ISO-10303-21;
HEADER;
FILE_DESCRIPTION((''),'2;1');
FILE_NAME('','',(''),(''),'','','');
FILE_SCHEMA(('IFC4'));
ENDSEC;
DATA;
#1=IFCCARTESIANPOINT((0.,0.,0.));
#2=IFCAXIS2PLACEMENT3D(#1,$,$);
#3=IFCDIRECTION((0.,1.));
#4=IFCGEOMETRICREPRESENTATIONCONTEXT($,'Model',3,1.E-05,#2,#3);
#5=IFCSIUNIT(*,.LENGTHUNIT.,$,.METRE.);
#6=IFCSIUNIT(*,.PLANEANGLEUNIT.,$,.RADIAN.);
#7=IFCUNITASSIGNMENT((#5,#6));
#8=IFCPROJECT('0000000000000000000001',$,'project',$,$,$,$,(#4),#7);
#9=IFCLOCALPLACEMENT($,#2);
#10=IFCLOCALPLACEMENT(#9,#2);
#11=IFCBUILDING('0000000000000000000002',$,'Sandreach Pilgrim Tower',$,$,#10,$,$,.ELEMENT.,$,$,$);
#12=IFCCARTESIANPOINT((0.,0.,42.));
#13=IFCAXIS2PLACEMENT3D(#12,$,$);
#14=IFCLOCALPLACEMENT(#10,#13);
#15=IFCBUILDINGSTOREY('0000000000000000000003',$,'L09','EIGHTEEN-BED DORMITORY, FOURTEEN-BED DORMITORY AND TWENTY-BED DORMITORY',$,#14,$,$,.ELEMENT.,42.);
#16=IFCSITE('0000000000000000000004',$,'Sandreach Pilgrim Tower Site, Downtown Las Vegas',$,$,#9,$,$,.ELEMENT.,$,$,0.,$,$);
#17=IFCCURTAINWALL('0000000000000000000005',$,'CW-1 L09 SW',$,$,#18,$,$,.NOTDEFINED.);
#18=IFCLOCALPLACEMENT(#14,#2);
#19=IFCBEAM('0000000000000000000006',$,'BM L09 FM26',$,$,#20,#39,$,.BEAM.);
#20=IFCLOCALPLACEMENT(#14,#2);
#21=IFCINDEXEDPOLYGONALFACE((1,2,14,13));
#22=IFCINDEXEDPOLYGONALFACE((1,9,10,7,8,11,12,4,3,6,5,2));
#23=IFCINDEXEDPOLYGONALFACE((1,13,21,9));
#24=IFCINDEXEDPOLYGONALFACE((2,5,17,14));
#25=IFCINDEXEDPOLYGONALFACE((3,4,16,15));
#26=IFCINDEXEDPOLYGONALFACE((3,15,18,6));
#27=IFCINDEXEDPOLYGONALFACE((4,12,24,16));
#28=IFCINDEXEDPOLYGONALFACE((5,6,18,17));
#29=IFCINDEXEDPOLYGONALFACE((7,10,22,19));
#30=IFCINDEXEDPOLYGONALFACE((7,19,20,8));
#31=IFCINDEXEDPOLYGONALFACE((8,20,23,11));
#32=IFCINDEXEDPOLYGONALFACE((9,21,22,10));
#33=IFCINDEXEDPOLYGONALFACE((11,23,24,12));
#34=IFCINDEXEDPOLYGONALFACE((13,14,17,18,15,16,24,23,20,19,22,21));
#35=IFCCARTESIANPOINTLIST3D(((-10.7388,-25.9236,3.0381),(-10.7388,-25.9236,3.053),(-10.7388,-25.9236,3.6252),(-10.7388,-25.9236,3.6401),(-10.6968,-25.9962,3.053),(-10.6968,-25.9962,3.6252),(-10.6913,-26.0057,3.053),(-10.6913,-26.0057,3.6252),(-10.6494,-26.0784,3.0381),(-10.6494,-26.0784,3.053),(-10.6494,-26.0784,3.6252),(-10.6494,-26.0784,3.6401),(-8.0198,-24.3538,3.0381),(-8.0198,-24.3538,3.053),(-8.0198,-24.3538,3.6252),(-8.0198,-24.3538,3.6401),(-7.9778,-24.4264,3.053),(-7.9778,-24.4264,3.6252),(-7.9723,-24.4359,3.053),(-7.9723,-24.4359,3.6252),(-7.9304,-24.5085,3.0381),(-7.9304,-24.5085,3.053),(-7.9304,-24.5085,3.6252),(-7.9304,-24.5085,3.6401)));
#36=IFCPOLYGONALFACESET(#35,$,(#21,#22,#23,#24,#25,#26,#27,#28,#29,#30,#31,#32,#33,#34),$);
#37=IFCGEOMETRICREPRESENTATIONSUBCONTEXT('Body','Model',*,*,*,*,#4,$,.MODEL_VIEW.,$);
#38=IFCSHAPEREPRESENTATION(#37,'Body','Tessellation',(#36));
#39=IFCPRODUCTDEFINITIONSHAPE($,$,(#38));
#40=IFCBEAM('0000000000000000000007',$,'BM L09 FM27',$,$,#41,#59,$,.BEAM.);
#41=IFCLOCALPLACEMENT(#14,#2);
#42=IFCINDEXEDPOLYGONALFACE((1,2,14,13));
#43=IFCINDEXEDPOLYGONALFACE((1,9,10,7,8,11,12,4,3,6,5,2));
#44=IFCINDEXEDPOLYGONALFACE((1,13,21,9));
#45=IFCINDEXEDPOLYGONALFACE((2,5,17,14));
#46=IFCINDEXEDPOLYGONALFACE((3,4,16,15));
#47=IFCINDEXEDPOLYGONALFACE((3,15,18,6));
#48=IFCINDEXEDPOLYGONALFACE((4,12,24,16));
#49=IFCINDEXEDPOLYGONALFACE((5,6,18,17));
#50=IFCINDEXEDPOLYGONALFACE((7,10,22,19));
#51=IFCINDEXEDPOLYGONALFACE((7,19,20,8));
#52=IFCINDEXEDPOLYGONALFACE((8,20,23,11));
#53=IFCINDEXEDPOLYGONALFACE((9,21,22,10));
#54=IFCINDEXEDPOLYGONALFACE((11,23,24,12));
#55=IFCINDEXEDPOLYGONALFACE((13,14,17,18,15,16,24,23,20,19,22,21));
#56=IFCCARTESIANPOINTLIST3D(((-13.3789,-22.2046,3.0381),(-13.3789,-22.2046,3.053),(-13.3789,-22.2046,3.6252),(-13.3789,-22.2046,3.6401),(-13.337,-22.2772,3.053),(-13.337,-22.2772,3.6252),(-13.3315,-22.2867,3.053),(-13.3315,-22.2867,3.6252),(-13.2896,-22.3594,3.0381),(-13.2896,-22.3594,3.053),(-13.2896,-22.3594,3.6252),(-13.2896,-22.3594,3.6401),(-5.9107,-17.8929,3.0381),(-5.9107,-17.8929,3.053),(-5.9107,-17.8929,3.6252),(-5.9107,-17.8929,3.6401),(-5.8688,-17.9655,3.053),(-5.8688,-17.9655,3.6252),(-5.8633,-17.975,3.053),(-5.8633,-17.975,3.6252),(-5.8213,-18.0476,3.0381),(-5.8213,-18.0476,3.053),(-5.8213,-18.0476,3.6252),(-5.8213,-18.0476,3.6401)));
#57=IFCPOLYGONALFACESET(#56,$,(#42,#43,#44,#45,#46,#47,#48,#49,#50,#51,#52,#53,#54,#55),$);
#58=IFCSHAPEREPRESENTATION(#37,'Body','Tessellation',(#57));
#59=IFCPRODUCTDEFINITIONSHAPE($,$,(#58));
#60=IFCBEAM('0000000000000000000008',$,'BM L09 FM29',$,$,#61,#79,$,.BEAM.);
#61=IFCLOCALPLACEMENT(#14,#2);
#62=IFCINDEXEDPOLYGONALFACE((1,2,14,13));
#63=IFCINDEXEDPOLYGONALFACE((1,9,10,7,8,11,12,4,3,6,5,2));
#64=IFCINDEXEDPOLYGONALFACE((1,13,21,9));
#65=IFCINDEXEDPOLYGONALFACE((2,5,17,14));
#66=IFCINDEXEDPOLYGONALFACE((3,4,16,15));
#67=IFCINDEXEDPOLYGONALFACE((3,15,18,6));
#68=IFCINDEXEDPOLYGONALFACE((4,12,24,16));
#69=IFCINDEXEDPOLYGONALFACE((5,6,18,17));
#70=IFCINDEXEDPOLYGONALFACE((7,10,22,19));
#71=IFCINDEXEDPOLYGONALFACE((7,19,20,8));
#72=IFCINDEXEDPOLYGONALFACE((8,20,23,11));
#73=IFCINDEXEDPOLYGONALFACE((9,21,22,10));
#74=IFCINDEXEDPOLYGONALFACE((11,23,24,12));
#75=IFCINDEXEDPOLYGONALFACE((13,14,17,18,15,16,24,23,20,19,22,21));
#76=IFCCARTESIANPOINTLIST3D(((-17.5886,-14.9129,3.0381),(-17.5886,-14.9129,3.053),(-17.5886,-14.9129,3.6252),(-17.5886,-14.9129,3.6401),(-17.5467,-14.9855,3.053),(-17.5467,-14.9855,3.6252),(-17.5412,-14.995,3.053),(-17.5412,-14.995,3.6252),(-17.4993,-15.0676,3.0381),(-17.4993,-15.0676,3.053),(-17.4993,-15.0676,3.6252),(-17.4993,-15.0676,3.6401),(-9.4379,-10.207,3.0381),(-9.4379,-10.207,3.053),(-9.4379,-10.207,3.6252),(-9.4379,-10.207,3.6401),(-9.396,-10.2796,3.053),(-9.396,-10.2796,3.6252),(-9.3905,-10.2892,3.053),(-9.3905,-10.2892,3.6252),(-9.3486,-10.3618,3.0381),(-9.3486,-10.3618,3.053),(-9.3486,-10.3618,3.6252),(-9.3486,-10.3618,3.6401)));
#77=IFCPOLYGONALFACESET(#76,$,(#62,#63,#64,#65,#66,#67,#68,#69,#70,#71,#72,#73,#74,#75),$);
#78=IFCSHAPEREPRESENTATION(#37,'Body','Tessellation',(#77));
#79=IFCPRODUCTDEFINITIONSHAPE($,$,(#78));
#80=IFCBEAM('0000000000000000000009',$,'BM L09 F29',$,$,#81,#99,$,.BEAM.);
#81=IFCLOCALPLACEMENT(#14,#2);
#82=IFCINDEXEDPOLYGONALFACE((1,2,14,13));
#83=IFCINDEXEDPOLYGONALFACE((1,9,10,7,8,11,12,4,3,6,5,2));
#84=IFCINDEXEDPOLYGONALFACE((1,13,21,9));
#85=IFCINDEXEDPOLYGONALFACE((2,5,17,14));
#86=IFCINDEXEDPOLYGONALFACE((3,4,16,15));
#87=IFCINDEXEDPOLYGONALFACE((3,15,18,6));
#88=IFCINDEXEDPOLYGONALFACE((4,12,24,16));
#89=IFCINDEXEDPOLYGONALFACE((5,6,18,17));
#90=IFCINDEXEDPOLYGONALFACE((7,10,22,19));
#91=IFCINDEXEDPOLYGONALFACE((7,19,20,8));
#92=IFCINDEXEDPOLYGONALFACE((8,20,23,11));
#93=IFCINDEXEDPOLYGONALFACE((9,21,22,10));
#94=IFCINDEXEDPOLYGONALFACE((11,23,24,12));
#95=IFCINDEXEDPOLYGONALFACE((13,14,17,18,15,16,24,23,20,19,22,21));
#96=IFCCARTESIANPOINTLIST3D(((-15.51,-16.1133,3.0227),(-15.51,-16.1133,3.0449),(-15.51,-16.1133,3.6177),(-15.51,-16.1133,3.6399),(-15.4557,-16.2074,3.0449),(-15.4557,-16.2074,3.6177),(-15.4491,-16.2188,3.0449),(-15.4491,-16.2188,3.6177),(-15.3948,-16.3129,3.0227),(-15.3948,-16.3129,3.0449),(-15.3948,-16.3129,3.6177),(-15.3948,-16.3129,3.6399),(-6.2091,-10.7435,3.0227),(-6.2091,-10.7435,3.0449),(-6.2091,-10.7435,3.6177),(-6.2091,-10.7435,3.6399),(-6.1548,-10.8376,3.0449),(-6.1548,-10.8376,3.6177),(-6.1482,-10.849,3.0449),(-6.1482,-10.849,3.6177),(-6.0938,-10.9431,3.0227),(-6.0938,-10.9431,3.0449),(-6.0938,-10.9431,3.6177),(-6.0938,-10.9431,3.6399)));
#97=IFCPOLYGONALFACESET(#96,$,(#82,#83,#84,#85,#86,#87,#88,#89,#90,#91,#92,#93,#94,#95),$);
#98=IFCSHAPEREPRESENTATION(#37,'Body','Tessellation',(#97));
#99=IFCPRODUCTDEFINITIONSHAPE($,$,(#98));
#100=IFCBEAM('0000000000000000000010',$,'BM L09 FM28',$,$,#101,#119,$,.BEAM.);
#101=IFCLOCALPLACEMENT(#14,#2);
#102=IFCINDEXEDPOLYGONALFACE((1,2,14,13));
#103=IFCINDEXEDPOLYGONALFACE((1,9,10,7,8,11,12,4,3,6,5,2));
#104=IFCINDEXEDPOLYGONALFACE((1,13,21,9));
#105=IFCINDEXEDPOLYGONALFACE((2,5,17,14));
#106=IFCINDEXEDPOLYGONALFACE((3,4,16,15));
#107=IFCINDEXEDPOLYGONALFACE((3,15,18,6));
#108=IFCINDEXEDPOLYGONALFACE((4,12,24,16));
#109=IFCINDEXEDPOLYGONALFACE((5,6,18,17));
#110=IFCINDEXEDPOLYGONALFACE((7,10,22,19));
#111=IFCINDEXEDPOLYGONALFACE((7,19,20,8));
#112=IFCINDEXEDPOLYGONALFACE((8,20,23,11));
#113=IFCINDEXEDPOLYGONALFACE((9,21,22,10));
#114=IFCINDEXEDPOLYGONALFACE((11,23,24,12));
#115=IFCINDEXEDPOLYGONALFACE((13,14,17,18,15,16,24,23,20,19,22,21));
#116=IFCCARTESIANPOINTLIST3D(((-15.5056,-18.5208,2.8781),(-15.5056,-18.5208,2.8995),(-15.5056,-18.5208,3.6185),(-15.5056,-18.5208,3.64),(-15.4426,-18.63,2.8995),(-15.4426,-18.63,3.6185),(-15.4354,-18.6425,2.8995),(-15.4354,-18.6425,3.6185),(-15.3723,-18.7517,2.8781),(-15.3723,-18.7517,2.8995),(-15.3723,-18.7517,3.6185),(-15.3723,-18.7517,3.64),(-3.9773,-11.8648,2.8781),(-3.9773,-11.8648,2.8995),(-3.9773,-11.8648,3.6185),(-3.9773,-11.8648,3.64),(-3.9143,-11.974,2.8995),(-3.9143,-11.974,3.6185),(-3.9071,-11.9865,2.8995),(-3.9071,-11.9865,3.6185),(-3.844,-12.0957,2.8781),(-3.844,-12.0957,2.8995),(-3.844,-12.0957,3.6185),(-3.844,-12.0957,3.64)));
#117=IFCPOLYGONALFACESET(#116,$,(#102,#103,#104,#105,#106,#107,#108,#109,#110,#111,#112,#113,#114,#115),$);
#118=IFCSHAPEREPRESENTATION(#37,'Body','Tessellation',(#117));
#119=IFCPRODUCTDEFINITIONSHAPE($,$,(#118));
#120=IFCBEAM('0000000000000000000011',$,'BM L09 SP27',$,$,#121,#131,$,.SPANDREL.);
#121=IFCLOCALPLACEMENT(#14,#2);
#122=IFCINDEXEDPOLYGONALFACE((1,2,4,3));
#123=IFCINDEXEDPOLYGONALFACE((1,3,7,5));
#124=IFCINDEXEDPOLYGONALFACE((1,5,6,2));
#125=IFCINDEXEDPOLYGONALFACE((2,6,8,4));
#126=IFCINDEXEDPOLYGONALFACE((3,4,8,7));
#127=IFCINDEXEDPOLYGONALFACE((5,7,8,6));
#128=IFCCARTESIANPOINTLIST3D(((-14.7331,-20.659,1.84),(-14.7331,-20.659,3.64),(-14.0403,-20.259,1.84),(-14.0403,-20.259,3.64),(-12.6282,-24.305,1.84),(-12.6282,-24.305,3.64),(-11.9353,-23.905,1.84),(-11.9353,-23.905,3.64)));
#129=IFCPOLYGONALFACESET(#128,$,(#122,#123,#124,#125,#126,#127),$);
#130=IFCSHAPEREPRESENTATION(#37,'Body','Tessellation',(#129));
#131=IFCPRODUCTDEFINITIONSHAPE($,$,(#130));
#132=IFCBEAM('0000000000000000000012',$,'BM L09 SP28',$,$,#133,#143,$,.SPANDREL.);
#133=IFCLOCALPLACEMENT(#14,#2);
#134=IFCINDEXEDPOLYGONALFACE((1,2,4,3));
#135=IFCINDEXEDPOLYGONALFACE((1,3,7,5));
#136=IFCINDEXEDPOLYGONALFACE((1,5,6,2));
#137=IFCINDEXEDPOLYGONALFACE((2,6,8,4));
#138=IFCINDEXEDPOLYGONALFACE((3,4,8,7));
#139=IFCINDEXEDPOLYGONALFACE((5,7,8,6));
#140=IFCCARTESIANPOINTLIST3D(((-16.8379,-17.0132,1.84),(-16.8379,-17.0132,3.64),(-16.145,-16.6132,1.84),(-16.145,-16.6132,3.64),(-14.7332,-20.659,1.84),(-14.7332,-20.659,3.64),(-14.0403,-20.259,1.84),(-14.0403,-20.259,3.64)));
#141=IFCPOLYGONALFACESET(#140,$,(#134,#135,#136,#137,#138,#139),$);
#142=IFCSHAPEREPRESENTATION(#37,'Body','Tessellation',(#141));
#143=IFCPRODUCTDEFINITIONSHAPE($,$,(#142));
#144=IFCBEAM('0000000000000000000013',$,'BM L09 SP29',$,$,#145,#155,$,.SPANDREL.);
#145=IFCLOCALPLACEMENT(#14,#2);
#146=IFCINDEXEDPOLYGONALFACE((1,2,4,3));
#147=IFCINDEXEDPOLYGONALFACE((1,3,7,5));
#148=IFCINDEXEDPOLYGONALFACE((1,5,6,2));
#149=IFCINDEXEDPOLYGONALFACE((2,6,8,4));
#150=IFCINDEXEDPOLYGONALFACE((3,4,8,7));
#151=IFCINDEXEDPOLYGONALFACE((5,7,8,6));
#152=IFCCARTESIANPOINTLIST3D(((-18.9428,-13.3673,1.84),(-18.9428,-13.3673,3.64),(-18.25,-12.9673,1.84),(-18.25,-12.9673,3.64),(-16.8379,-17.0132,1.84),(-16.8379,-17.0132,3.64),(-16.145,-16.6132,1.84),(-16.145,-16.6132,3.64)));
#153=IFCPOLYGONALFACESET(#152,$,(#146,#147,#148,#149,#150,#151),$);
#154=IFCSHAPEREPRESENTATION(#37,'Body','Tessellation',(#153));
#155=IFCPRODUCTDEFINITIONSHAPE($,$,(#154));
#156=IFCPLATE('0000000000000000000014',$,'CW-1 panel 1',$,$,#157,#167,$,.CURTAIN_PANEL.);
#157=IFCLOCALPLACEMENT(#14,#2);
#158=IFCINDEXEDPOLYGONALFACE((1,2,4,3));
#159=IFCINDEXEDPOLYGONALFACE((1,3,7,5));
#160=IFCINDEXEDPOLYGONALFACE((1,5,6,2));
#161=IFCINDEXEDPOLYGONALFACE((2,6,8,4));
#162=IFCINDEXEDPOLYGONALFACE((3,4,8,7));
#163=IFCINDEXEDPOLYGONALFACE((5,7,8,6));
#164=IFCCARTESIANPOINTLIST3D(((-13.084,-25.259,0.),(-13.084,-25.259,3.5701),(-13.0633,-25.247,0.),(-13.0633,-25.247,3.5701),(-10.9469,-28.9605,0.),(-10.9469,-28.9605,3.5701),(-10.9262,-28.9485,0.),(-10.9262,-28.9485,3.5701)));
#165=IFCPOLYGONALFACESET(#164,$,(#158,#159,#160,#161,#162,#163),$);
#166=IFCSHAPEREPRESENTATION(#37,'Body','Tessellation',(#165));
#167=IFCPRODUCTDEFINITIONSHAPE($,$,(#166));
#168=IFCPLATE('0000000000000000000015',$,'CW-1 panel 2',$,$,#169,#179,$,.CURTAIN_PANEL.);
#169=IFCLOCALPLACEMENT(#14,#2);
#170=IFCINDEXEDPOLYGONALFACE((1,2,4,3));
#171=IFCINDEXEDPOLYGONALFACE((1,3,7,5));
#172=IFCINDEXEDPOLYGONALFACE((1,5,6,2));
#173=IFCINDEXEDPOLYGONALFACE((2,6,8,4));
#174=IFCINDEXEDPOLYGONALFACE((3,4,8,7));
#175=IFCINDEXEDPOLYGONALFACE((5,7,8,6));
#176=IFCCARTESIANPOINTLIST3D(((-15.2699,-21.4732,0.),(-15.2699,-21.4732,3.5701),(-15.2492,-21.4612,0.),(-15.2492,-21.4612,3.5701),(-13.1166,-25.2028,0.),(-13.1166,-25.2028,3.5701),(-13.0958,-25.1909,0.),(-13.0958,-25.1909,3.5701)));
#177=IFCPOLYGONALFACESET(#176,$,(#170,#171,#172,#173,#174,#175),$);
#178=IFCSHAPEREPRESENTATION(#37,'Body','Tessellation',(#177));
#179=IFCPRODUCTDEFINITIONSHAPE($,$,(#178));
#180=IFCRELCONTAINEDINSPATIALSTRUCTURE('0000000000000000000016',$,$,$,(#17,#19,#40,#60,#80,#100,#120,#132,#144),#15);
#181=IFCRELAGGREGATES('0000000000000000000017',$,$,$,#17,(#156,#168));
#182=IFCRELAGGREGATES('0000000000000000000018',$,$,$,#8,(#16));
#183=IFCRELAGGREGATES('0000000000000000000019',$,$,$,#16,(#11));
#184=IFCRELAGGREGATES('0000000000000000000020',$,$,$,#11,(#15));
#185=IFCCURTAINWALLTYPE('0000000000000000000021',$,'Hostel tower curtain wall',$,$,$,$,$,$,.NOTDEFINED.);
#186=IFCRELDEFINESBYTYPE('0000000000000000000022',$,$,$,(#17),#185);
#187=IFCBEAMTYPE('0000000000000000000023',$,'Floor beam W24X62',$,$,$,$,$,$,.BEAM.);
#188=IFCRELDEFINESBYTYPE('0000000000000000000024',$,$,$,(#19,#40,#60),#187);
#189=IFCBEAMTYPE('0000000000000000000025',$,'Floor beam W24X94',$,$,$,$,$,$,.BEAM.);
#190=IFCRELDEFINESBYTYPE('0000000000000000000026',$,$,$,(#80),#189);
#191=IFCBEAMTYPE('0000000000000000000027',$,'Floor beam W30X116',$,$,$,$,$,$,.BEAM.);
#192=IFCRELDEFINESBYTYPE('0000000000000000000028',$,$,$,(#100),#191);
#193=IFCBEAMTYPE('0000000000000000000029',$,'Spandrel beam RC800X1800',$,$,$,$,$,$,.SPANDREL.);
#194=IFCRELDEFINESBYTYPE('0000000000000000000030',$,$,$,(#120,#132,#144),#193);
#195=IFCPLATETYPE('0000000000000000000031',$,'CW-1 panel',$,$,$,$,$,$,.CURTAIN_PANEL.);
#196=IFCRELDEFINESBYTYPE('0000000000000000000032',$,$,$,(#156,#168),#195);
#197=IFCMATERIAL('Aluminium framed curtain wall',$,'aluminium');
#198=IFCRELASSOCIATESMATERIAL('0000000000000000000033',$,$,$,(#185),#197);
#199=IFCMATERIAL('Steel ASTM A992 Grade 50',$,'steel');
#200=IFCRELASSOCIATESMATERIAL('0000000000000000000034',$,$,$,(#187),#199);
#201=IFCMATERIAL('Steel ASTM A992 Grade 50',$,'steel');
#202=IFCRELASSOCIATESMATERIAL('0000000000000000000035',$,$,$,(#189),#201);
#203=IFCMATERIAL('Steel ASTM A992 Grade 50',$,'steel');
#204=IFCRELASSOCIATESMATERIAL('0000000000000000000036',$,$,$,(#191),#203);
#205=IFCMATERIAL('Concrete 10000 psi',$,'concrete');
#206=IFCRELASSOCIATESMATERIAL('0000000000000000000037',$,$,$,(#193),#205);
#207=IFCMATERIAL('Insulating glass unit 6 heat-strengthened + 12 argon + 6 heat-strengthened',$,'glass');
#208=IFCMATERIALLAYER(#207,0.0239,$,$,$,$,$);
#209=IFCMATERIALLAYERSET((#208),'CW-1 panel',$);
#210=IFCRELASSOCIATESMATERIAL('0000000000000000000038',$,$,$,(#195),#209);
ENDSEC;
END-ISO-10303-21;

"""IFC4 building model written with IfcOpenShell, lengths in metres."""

from ifc_helpers import new_model, si_unit, direction, frame, origin, origin_2d, place, context, subcontext, project, spatial, rectangle, i_section, extrude, material, layer, layer_set, material_profile, profile_set, type_object, element, aggregate, save


model = new_model("IFC4")

# Units and contexts
model_context = context("Model", 3, precision=1e-05, world=origin(), true_north=direction((0.0, 1.0)))
body_context = subcontext(model_context, "Body", "Model", "MODEL_VIEW")
ifc_project = project(units=[si_unit("LENGTHUNIT", "METRE"), si_unit("PLANEANGLEUNIT", "RADIAN")], contexts=[model_context])

# Site, building, storey
site_placement = place(None, origin())
site = spatial("IfcSite", under=ifc_project, at=site_placement, Name="Sandreach Pilgrim Tower Site, Downtown Las Vegas", CompositionType="ELEMENT", RefElevation=0.0)
building_placement = place(site_placement, origin())
building = spatial("IfcBuilding", under=site, at=building_placement, Name="Sandreach Pilgrim Tower", CompositionType="ELEMENT")
storey_placement = place(building_placement, frame((0.0, 0.0, 42.0)))
storey = spatial("IfcBuildingStorey", under=building, at=storey_placement, Name="L09", Description="EIGHTEEN-BED DORMITORY, FOURTEEN-BED DORMITORY AND TWENTY-BED DORMITORY", CompositionType="ELEMENT", Elevation=42.0)

# Curtain wall
ifc_material_1 = material(Name="Aluminium framed curtain wall", Category="aluminium")
curtain_wall_type = type_object("IfcCurtainWallType", Name="Hostel tower curtain wall", PredefinedType="NOTDEFINED", material=ifc_material_1)
curtain_wall_placement = place(storey_placement, origin())
curtain_wall = element("IfcCurtainWall", 1, at=curtain_wall_placement, inside=storey, type_object=curtain_wall_type, Name="CW-1 L09 SW", PredefinedType="NOTDEFINED")

# Beams
ifc_material_2 = material(Name="Steel ASTM A992 Grade 50", Category="steel")
ifc_material_profile_1 = material_profile(ifc_material_2, i_section(OverallWidth=0.1787, OverallDepth=0.6021, WebThickness=0.011, FlangeThickness=0.0149, at=origin_2d()), Name="W24X62")
ifc_profile_set_1 = profile_set([ifc_material_profile_1], Name="Steel ASTM A992 Grade 50")
beam_type_1 = type_object("IfcBeamType", Name="Floor beam W24X62", PredefinedType="BEAM", material=ifc_profile_set_1)
beam_1_placement = place(storey_placement, frame((-10.6941, -26.001, 3.3391), z_axis=(0.866024, 0.500003, 0.0), x_axis=(-0.500003, 0.866024, 0.0)))
element("IfcBeam", 2, at=beam_1_placement, inside=storey, type_object=beam_type_1, Name="BM L09 FM26", PredefinedType="BEAM", context=body_context, shape_type="SweptSolid", body=[
    extrude(i_section(OverallWidth=0.1787, OverallDepth=0.6021, WebThickness=0.011, FlangeThickness=0.0149, at=origin_2d()), origin(), (0.0, 0.0, 1.0), 3.1396),
])
beam_2_placement = place(storey_placement, frame((-13.3342, -22.282, 3.3391), z_axis=(0.866027, 0.499997, 0.0), x_axis=(-0.499997, 0.866027, 0.0)))
element("IfcBeam", 3, at=beam_2_placement, inside=storey, type_object=beam_type_1, Name="BM L09 FM27", PredefinedType="BEAM", context=body_context, shape_type="SweptSolid", body=[
    extrude(i_section(OverallWidth=0.1787, OverallDepth=0.6021, WebThickness=0.011, FlangeThickness=0.0149, at=origin_2d()), origin(), (0.0, 0.0, 1.0), 8.6235),
])
beam_3_placement = place(storey_placement, frame((-17.5439, -14.9902, 3.3391), z_axis=(0.866024, 0.500003, 0.0), x_axis=(-0.500003, 0.866024, 0.0)))
element("IfcBeam", 4, at=beam_3_placement, inside=storey, type_object=beam_type_1, Name="BM L09 FM29", PredefinedType="BEAM", context=body_context, shape_type="SweptSolid", body=[
    extrude(i_section(OverallWidth=0.1787, OverallDepth=0.6021, WebThickness=0.011, FlangeThickness=0.0149, at=origin_2d()), origin(), (0.0, 0.0, 1.0), 9.4116),
])
ifc_material_3 = material(Name="Steel ASTM A992 Grade 50", Category="steel")
ifc_material_profile_2 = material_profile(ifc_material_3, i_section(OverallWidth=0.2305, OverallDepth=0.6172, WebThickness=0.0132, FlangeThickness=0.0222, at=origin_2d()), Name="W24X94")
ifc_profile_set_2 = profile_set([ifc_material_profile_2], Name="Steel ASTM A992 Grade 50")
beam_type_2 = type_object("IfcBeamType", Name="Floor beam W24X94", PredefinedType="BEAM", material=ifc_profile_set_2)
beam_4_placement = place(storey_placement, frame((-15.4524, -16.2131, 3.3313), z_axis=(0.866028, 0.499995, 0.0), x_axis=(-0.499995, 0.866028, 0.0)))
element("IfcBeam", 5, at=beam_4_placement, inside=storey, type_object=beam_type_2, Name="BM L09 F29", PredefinedType="BEAM", context=body_context, shape_type="SweptSolid", body=[
    extrude(i_section(OverallWidth=0.2305, OverallDepth=0.6172, WebThickness=0.0132, FlangeThickness=0.0222, at=origin_2d()), origin(), (0.0, 0.0, 1.0), 10.7397),
])
ifc_material_4 = material(Name="Steel ASTM A992 Grade 50", Category="steel")
ifc_material_profile_3 = material_profile(ifc_material_4, i_section(OverallWidth=0.2666, OverallDepth=0.762, WebThickness=0.0144, FlangeThickness=0.0215, at=origin_2d()), Name="W30X116")
ifc_profile_set_3 = profile_set([ifc_material_profile_3], Name="Steel ASTM A992 Grade 50")
beam_type_3 = type_object("IfcBeamType", Name="Floor beam W30X116", PredefinedType="BEAM", material=ifc_profile_set_3)
beam_5_placement = place(storey_placement, frame((-15.439, -18.6362, 3.259), z_axis=(0.866021, 0.500007, 0.0), x_axis=(-0.500007, 0.866021, 0.0)))
element("IfcBeam", 6, at=beam_5_placement, inside=storey, type_object=beam_type_3, Name="BM L09 FM28", PredefinedType="BEAM", context=body_context, shape_type="SweptSolid", body=[
    extrude(i_section(OverallWidth=0.2666, OverallDepth=0.762, WebThickness=0.0144, FlangeThickness=0.0215, at=origin_2d()), origin(), (0.0, 0.0, 1.0), 13.3118),
])
ifc_material_5 = material(Name="Concrete 10000 psi", Category="concrete")
ifc_material_profile_4 = material_profile(ifc_material_5, rectangle(XDim=0.8, YDim=1.8, at=origin_2d()), Name="RC800X1800")
ifc_profile_set_4 = profile_set([ifc_material_profile_4], Name="Concrete 10000 psi")
beam_type_4 = type_object("IfcBeamType", Name="Spandrel beam RC800X1800", PredefinedType="SPANDREL", material=ifc_profile_set_4)
beam_6_placement = place(storey_placement, frame((-12.2817, -24.105, 2.74), z_axis=(-0.499994, 0.866029, 0.0), x_axis=(-0.866029, -0.499994, 0.0)))
element("IfcBeam", 7, at=beam_6_placement, inside=storey, type_object=beam_type_4, Name="BM L09 SP27", PredefinedType="SPANDREL", context=body_context, shape_type="SweptSolid", body=[
    extrude(rectangle(XDim=0.8, YDim=1.8, at=origin_2d()), origin(), (0.0, 0.0, 1.0), 4.21),
])
beam_7_placement = place(storey_placement, frame((-14.3867, -20.459, 2.74), z_axis=(-0.499975, 0.86604, 0.0), x_axis=(-0.86604, -0.499975, 0.0)))
element("IfcBeam", 8, at=beam_7_placement, inside=storey, type_object=beam_type_4, Name="BM L09 SP28", PredefinedType="SPANDREL", context=body_context, shape_type="SweptSolid", body=[
    extrude(rectangle(XDim=0.8, YDim=1.8, at=origin_2d()), origin(), (0.0, 0.0, 1.0), 4.2097),
])
beam_8_placement = place(storey_placement, frame((-16.4915, -16.8132, 2.74), z_axis=(-0.499994, 0.866029, 0.0), x_axis=(-0.866029, -0.499994, 0.0)))
element("IfcBeam", 9, at=beam_8_placement, inside=storey, type_object=beam_type_4, Name="BM L09 SP29", PredefinedType="SPANDREL", context=body_context, shape_type="SweptSolid", body=[
    extrude(rectangle(XDim=0.8, YDim=1.8, at=origin_2d()), origin(), (0.0, 0.0, 1.0), 4.21),
])

# Plates
ifc_material_6 = material(Name="Insulating glass unit 6 heat-strengthened + 12 argon + 6 heat-strengthened", Category="glass")
ifc_layer_1 = layer(ifc_material_6, 0.0239)
ifc_layer_set_1 = layer_set([ifc_layer_1], Name="CW-1 panel")
plate_type = type_object("IfcPlateType", Name="CW-1 panel", PredefinedType="CURTAIN_PANEL", material=ifc_layer_set_1)
plate_1_placement = place(storey_placement, frame((-12.0051, -27.1038, 0.0), z_axis=(0.0, 0.0, 1.0), x_axis=(-0.5, 0.866025, 0.0)))
plate_1 = element("IfcPlate", 10, at=plate_1_placement, type_object=plate_type, Name="CW-1 panel 1", PredefinedType="CURTAIN_PANEL", context=body_context, shape_type="SweptSolid", body=[
    extrude(rectangle(XDim=4.2742, YDim=0.0239, at=origin_2d()), origin(), (0.0, 0.0, 1.0), 3.5701),
])
plate_2_placement = place(storey_placement, frame((-14.1829, -23.332, 0.0), z_axis=(0.0, 0.0, 1.0), x_axis=(-0.5, 0.866025, 0.0)))
plate_2 = element("IfcPlate", 11, at=plate_2_placement, type_object=plate_type, Name="CW-1 panel 2", PredefinedType="CURTAIN_PANEL", context=body_context, shape_type="SweptSolid", body=[
    extrude(rectangle(XDim=4.3066, YDim=0.0239, at=origin_2d()), origin(), (0.0, 0.0, 1.0), 3.5701),
])
aggregate(curtain_wall, [plate_1, plate_2])

save(model, "model.ifc")
